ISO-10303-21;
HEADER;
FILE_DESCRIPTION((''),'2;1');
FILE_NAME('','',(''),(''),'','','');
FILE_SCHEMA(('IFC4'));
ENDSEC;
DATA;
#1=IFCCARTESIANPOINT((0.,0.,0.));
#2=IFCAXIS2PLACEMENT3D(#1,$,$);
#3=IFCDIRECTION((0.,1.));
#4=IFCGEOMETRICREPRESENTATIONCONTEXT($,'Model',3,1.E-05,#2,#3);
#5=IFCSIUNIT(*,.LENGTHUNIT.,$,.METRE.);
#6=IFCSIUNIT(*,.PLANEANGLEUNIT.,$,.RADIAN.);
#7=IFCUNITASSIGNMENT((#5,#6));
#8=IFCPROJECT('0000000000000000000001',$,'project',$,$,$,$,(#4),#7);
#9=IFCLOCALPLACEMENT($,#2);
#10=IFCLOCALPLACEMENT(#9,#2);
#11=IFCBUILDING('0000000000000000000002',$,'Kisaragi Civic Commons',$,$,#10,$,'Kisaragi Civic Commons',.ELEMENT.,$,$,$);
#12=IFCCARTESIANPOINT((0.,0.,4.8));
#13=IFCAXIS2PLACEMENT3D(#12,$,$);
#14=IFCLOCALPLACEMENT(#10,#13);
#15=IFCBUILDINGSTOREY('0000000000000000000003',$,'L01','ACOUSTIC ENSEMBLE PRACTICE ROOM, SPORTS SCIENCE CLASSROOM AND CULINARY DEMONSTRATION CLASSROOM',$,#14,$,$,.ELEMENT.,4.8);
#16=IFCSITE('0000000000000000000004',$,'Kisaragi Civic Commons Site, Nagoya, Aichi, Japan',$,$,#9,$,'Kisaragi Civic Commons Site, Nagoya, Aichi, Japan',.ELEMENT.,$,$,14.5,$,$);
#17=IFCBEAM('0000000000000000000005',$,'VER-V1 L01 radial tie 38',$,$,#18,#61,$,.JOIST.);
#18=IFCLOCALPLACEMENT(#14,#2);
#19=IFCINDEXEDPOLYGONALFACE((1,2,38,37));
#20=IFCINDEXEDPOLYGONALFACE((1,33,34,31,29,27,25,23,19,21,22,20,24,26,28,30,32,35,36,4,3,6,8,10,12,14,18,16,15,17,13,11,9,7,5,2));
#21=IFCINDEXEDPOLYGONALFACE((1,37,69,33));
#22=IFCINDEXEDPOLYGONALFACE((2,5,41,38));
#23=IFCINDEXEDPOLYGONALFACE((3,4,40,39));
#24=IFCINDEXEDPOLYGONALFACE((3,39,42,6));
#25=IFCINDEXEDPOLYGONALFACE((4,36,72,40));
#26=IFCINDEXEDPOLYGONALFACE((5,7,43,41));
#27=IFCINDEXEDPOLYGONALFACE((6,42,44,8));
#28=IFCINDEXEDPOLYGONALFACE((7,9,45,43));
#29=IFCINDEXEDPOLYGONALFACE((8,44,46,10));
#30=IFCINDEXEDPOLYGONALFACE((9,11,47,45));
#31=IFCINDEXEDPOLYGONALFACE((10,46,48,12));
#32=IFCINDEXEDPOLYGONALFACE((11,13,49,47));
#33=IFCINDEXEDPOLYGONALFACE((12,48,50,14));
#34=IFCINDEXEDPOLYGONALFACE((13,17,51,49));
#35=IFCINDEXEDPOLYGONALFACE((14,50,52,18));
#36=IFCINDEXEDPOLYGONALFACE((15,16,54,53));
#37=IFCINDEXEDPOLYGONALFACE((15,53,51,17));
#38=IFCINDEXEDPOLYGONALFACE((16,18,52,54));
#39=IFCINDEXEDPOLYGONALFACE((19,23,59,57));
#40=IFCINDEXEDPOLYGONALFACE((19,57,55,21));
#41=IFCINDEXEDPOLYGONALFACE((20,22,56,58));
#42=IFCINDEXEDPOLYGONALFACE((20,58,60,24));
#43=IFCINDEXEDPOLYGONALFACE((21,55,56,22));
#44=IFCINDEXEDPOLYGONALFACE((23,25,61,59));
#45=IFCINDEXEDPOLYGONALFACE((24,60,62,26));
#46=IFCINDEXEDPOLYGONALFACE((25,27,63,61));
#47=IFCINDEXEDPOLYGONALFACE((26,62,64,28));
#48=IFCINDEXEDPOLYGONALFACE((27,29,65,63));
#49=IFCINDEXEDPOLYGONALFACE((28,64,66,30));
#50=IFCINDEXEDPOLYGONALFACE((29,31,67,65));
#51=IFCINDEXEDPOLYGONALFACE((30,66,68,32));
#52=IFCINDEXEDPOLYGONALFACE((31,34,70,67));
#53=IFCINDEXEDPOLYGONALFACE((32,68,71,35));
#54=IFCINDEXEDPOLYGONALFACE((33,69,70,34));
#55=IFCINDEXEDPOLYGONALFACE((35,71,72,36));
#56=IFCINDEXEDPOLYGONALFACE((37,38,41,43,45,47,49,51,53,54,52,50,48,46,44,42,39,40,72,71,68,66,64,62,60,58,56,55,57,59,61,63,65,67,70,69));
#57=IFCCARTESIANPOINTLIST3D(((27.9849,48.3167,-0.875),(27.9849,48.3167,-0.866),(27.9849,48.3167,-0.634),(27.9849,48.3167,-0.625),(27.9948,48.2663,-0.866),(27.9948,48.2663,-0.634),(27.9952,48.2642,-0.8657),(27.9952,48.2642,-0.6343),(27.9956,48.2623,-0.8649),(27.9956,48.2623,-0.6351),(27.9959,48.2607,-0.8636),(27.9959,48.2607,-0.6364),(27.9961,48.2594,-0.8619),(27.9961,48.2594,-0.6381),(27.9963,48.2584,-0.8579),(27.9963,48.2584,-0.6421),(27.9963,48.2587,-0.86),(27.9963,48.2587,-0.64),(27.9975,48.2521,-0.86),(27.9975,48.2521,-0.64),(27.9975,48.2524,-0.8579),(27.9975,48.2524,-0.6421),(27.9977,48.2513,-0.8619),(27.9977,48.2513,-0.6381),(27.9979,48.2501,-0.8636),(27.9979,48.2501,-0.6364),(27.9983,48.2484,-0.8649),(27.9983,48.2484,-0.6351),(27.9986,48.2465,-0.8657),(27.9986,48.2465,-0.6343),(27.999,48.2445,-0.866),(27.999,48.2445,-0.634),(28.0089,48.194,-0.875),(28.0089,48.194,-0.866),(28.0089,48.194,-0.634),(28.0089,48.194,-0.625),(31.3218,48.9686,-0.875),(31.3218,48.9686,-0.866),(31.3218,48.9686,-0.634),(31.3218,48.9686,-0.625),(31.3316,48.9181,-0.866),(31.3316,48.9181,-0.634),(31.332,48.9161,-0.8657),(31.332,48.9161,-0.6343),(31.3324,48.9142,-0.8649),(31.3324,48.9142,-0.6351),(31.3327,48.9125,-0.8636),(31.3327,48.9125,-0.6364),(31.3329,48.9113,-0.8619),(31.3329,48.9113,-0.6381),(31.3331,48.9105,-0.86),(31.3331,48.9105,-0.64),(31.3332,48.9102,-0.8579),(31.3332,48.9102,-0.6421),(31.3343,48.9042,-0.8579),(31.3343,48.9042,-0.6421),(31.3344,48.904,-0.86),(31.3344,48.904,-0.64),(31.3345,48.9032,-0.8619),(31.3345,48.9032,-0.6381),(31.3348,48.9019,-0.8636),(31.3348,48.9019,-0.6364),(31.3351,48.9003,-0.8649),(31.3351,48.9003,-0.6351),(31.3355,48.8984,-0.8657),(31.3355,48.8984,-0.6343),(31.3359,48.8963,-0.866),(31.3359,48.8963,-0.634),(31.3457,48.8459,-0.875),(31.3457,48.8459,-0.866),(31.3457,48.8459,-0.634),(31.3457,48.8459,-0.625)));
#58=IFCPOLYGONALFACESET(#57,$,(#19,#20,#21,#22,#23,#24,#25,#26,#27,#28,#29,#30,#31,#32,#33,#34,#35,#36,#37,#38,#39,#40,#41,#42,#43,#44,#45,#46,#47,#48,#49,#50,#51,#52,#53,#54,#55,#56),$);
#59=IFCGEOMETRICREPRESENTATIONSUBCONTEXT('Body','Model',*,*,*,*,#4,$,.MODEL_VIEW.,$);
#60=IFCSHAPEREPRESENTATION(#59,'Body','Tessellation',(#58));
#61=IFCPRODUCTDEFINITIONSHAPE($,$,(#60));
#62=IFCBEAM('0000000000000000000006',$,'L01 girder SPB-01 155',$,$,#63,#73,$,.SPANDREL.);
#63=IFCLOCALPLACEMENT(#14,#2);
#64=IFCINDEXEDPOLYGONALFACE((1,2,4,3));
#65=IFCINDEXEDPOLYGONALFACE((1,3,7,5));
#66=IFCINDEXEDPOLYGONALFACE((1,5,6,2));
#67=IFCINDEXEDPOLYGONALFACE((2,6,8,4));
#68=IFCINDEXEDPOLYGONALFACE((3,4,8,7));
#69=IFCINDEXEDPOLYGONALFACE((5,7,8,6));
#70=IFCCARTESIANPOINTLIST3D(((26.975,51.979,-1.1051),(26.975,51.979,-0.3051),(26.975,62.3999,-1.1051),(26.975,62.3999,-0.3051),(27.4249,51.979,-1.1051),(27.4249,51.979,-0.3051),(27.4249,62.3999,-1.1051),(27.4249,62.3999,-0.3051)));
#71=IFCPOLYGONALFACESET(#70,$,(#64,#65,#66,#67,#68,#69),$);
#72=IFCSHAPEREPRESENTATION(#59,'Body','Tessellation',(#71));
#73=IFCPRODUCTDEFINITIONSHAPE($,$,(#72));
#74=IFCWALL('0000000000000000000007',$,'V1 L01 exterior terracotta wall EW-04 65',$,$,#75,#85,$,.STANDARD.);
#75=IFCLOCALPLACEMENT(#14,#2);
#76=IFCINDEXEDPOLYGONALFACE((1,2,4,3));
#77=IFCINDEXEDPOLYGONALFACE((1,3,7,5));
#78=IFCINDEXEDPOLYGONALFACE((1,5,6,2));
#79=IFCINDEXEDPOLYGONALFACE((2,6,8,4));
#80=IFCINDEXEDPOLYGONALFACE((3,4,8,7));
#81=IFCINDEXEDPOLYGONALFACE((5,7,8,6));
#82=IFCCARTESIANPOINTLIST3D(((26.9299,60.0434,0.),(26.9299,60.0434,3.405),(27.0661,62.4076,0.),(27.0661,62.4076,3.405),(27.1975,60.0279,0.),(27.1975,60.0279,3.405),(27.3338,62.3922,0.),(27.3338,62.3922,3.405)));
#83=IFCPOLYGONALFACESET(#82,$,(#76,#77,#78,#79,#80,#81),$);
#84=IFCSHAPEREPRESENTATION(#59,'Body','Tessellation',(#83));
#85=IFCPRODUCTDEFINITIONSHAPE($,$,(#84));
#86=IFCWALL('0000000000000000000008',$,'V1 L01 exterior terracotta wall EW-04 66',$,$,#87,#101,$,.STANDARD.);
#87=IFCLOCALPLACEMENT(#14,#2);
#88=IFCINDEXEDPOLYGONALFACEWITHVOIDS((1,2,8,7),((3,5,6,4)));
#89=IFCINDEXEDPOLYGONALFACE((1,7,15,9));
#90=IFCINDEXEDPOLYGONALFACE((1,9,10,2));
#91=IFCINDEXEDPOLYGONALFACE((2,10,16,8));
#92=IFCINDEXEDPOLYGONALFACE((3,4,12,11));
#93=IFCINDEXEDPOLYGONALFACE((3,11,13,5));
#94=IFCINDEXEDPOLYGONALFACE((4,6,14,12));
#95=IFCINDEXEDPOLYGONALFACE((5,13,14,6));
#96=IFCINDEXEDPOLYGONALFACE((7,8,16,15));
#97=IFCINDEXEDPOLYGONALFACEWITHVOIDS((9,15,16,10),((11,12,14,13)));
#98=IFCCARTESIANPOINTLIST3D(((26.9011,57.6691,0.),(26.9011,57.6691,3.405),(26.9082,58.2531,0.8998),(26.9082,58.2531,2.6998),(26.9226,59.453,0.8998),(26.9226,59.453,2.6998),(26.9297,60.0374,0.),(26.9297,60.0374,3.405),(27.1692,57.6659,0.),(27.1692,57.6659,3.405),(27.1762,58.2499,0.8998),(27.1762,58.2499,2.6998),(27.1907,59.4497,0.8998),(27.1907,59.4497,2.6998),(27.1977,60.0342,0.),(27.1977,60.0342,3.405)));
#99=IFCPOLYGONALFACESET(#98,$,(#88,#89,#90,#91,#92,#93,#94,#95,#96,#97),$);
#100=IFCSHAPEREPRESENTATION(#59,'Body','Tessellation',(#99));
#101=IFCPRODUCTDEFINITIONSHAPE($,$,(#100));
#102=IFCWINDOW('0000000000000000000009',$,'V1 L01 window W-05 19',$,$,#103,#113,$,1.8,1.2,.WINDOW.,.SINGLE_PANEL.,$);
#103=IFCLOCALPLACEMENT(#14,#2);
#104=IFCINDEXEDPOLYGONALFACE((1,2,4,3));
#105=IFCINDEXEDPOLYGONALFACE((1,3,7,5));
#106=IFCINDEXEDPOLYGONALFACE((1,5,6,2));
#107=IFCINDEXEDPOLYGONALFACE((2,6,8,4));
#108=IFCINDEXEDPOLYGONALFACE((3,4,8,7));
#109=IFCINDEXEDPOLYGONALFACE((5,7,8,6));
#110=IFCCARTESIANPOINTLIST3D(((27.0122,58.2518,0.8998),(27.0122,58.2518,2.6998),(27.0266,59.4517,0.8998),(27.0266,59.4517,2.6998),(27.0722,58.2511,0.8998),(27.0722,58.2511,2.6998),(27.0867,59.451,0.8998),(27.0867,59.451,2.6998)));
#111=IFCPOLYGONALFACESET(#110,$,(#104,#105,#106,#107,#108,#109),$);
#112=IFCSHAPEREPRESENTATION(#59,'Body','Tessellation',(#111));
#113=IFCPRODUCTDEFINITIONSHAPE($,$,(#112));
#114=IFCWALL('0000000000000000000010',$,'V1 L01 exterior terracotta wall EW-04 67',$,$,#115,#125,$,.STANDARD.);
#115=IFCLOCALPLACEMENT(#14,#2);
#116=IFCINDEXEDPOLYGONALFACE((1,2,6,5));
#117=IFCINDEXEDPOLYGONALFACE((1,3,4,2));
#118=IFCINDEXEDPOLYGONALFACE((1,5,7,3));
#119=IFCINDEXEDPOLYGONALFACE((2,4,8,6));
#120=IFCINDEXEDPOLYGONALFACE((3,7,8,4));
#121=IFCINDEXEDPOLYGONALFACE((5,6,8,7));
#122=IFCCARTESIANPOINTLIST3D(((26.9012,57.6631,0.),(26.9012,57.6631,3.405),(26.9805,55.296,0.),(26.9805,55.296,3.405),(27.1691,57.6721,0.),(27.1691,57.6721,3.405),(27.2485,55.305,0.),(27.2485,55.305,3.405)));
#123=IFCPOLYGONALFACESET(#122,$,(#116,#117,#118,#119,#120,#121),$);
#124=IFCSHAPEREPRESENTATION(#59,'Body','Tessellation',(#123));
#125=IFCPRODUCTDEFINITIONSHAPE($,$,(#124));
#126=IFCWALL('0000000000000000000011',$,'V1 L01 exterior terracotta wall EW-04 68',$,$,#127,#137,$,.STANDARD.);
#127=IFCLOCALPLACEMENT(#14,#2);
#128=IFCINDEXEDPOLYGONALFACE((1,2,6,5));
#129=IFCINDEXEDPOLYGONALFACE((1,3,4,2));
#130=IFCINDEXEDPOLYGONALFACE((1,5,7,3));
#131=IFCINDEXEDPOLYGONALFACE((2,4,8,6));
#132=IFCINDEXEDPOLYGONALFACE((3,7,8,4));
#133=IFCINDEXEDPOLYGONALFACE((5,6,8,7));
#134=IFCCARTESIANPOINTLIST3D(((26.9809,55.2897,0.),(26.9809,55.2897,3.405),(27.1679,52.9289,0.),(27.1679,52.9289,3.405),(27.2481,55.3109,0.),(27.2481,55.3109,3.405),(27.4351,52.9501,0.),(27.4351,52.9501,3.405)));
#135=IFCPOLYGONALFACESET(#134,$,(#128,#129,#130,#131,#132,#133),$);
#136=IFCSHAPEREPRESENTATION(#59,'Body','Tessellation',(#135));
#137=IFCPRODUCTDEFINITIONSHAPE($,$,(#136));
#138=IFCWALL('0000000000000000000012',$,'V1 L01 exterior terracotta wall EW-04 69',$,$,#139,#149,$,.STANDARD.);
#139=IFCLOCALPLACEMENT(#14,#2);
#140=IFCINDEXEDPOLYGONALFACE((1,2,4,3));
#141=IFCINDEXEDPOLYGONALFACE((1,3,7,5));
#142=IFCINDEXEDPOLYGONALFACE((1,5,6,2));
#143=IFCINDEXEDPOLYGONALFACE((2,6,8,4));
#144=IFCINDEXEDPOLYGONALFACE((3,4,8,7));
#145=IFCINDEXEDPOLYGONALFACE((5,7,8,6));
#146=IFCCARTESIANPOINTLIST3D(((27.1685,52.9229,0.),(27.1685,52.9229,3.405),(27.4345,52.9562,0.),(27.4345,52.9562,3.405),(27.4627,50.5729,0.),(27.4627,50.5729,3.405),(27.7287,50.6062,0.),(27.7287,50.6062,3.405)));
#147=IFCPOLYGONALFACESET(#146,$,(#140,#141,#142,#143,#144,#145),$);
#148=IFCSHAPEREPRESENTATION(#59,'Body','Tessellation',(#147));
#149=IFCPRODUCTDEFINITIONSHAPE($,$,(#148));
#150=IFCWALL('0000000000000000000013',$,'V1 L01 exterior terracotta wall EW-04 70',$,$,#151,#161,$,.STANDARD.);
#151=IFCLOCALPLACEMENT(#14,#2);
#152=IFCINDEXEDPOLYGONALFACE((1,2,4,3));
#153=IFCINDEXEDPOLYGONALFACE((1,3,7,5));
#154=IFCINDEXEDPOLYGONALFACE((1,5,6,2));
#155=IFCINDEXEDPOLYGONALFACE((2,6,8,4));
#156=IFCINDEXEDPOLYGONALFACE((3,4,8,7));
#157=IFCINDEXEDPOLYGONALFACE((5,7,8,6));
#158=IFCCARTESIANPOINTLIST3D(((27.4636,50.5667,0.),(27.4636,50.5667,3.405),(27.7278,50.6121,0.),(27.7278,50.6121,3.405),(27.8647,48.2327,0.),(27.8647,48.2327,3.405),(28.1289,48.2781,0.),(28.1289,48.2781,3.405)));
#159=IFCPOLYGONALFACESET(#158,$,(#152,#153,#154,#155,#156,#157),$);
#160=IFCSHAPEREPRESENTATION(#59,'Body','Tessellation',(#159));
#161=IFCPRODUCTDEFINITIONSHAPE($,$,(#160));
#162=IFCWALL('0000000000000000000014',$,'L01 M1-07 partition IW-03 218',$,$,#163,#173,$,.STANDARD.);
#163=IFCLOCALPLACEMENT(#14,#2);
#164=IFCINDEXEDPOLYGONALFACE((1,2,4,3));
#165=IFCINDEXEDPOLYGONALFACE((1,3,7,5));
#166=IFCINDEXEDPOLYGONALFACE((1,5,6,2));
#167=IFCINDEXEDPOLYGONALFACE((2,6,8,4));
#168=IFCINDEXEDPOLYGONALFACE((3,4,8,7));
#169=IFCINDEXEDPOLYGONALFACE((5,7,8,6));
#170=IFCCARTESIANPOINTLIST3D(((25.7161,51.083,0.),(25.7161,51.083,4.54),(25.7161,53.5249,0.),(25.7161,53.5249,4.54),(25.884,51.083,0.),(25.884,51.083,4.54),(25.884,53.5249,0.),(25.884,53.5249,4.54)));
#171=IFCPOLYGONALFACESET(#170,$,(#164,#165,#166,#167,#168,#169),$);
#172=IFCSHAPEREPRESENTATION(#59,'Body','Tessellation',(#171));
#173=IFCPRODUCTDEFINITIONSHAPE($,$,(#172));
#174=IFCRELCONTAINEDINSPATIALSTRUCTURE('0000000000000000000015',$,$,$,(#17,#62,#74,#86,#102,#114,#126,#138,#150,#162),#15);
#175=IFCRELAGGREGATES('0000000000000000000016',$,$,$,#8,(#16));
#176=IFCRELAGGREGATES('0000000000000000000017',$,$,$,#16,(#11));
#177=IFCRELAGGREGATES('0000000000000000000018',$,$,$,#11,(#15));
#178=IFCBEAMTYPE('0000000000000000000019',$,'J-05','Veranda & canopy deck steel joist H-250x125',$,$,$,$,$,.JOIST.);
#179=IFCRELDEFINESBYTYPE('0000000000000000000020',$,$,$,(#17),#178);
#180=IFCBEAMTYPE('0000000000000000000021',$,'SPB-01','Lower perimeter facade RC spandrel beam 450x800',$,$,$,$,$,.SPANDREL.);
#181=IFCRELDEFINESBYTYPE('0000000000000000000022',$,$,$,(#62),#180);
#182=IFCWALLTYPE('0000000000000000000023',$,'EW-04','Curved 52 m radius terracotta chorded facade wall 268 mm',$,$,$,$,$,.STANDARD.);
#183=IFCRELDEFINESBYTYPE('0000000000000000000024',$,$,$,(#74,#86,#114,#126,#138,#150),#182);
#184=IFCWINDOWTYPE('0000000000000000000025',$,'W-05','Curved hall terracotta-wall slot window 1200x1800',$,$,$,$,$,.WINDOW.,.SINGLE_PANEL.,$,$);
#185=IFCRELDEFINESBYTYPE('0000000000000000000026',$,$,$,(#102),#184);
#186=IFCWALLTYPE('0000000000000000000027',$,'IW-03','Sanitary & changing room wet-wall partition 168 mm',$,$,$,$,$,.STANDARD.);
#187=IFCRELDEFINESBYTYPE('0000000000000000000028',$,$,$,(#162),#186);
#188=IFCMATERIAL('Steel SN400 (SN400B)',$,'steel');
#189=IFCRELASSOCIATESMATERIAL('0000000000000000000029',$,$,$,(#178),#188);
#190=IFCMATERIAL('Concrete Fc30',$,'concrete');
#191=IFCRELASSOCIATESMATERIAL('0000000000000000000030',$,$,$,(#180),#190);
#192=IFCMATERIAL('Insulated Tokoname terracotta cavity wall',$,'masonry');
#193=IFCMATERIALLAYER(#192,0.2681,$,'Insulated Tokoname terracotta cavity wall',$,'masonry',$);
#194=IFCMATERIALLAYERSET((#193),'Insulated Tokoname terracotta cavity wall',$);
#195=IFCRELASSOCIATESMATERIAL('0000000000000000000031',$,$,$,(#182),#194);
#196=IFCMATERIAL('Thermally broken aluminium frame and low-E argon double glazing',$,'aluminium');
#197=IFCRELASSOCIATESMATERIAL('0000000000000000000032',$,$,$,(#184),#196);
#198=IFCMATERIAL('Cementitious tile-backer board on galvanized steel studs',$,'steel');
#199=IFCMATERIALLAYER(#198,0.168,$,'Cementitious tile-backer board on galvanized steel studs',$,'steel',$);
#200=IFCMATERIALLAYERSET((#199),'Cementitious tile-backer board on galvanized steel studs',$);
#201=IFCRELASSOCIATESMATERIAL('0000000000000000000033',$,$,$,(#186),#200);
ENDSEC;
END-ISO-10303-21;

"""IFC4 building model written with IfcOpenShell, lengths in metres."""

from ifc_helpers import new_model, si_unit, direction, frame, frame_2d, origin, origin_2d, place, context, subcontext, project, spatial, rectangle, i_section, extrude, material, layer, layer_set, material_profile, profile_set, type_object, element, fill, save


model = new_model("IFC4")

# Units and contexts
model_context = context("Model", 3, precision=1e-05, world=origin(), true_north=direction((0.0, 1.0)))
body_context = subcontext(model_context, "Body", "Model", "MODEL_VIEW")
ifc_project = project(units=[si_unit("LENGTHUNIT", "METRE"), si_unit("PLANEANGLEUNIT", "RADIAN")], contexts=[model_context])

# Site, building, storey
site_placement = place(None, origin())
site = spatial("IfcSite", under=ifc_project, at=site_placement, Name="Kisaragi Civic Commons Site, Nagoya, Aichi, Japan", LongName="Kisaragi Civic Commons Site, Nagoya, Aichi, Japan", CompositionType="ELEMENT", RefElevation=14.5)
building_placement = place(site_placement, origin())
building = spatial("IfcBuilding", under=site, at=building_placement, Name="Kisaragi Civic Commons", LongName="Kisaragi Civic Commons", CompositionType="ELEMENT")
storey_placement = place(building_placement, frame((0.0, 0.0, 4.8)))
storey = spatial("IfcBuildingStorey", under=building, at=storey_placement, Name="L01", Description="ACOUSTIC ENSEMBLE PRACTICE ROOM, SPORTS SCIENCE CLASSROOM AND CULINARY DEMONSTRATION CLASSROOM", CompositionType="ELEMENT", Elevation=4.8)

# Shared definitions
ifc_material_1 = material(Name="Concrete Fc30", Category="concrete")

# Beams
ifc_material_2 = material(Name="Steel SN400 (SN400B)", Category="steel")
ifc_material_profile_1 = material_profile(ifc_material_2, i_section(OverallWidth=0.125, OverallDepth=0.25, WebThickness=0.0061, FlangeThickness=0.009, FilletRadius=0.0081, at=origin_2d()), Name="H-250x125x6x9", Category="steel")
ifc_profile_set_1 = profile_set([ifc_material_profile_1], Name="Steel SN400 (SN400B)")
beam_type_1 = type_object("IfcBeamType", Name="J-05", Description="Veranda & canopy deck steel joist H-250x125", PredefinedType="JOIST", material=ifc_profile_set_1)
beam_1_placement = place(storey_placement, frame((31.3337, 48.9072, -0.75), z_axis=(-0.981449, -0.191723, 0.0), x_axis=(0.191723, -0.981449, 0.0)))
element("IfcBeam", 1, at=beam_1_placement, inside=storey, type_object=beam_type_1, Name="VER-V1 L01 radial tie 38", PredefinedType="JOIST", context=body_context, shape_type="SweptSolid", body=[
    extrude(i_section(OverallWidth=0.125, OverallDepth=0.25, WebThickness=0.0061, FlangeThickness=0.009, FilletRadius=0.0081, at=origin_2d()), origin(), (0.0, 0.0, 1.0), 3.3999),
])
ifc_material_profile_2 = material_profile(ifc_material_1, rectangle(XDim=0.45, YDim=0.8, at=origin_2d()), Name="RC-450x800", Category="concrete")
ifc_profile_set_2 = profile_set([ifc_material_profile_2], Name="Concrete Fc30")
beam_type_2 = type_object("IfcBeamType", Name="SPB-01", Description="Lower perimeter facade RC spandrel beam 450x800", PredefinedType="SPANDREL", material=ifc_profile_set_2)
beam_2_placement = place(storey_placement, frame((27.2, 51.979, -0.7051), z_axis=(0.0, 1.0, 0.0), x_axis=(-1.0, 0.0, 0.0)))
element("IfcBeam", 2, at=beam_2_placement, inside=storey, type_object=beam_type_2, Name="L01 girder SPB-01 155", PredefinedType="SPANDREL", context=body_context, shape_type="SweptSolid", body=[
    extrude(rectangle(XDim=0.45, YDim=0.8, at=origin_2d()), origin(), (0.0, 0.0, 1.0), 10.4209),
])

# Wall
ifc_material_3 = material(Name="Insulated Tokoname terracotta cavity wall", Category="masonry")
ifc_layer_1 = layer(ifc_material_3, 0.2681, Name="Insulated Tokoname terracotta cavity wall", Category="masonry")
ifc_layer_set_1 = layer_set([ifc_layer_1], Name="Insulated Tokoname terracotta cavity wall")
wall_type_1 = type_object("IfcWallType", Name="EW-04", Description="Curved 52 m radius terracotta chorded facade wall 268 mm", PredefinedType="STANDARD", material=ifc_layer_set_1)
wall_1_placement = place(storey_placement, frame((27.2, 62.3999, 0.0), z_axis=(0.0, 0.0, 1.0), x_axis=(-0.057525, -0.998344, 0.0)))
element("IfcWall", 3, at=wall_1_placement, inside=storey, type_object=wall_type_1, Name="V1 L01 exterior terracotta wall EW-04 65", PredefinedType="STANDARD", context=body_context, shape_type="SweptSolid", body=[
    extrude(rectangle(XDim=2.3682, YDim=0.2681, at=frame_2d((1.1841, 0.0))), origin(), (0.0, 0.0, 1.0), 3.405),
])

# Wall, opening, window
wall_2_placement = place(storey_placement, frame((27.0637, 60.0356, 0.0), z_axis=(0.0, 0.0, 1.0), x_axis=(-0.012061, -0.999927, 0.0)))
wall_2 = element("IfcWall", 4, at=wall_2_placement, inside=storey, type_object=wall_type_1, Name="V1 L01 exterior terracotta wall EW-04 66", PredefinedType="STANDARD", context=body_context, shape_type="SweptSolid", body=[
    extrude(rectangle(XDim=2.3684, YDim=0.2681, at=frame_2d((1.1841, 0.0))), origin(), (0.0, 0.0, 1.0), 3.405),
])
opening_1_placement = place(wall_2_placement, frame((0.5842, 0.0, 0.8999)))
opening_1 = element("IfcOpeningElement", 5, at=opening_1_placement, cuts=wall_2, PredefinedType="OPENING", context=body_context, shape_type="SweptSolid", body=[
    extrude(rectangle(XDim=1.2, YDim=1.8, at=frame_2d((0.6001, 0.8999))), frame((0.0, 0.144, 0.0), z_axis=(0.0, -1.0, 0.0), x_axis=(1.0, 0.0, 0.0)), (0.0, 0.0, 1.0), 0.2881),
])
ifc_material_4 = material(Name="Thermally broken aluminium frame and low-E argon double glazing", Category="aluminium")
window_type = type_object("IfcWindowType", Name="W-05", Description="Curved hall terracotta-wall slot window 1200x1800", PartitioningType="SINGLE_PANEL", PredefinedType="WINDOW", material=ifc_material_4)
window_placement = place(opening_1_placement, origin())
window = element("IfcWindow", 6, at=window_placement, inside=storey, type_object=window_type, Name="V1 L01 window W-05 19", OverallHeight=1.8, OverallWidth=1.2, PartitioningType="SINGLE_PANEL", PredefinedType="WINDOW", context=body_context, shape_type="SweptSolid", body=[
    extrude(rectangle(XDim=1.2, YDim=1.8, at=frame_2d((0.6001, 0.8999))), frame((0.0, 0.03, 0.0), z_axis=(0.0, -1.0, 0.0), x_axis=(1.0, 0.0, 0.0)), (0.0, 0.0, 1.0), 0.0601),
])
fill(opening_1, window)

# Walls
wall_3_placement = place(storey_placement, frame((27.0352, 57.6675, 0.0), z_axis=(0.0, 0.0, 1.0), x_axis=(0.0335, -0.999439, 0.0)))
element("IfcWall", 7, at=wall_3_placement, inside=storey, type_object=wall_type_1, Name="V1 L01 exterior terracotta wall EW-04 67", PredefinedType="STANDARD", context=body_context, shape_type="SweptSolid", body=[
    extrude(rectangle(XDim=2.3684, YDim=0.2681, at=frame_2d((1.1841, 0.0))), origin(), (0.0, 0.0, 1.0), 3.405),
])
wall_4_placement = place(storey_placement, frame((27.1145, 55.3003, 0.0), z_axis=(0.0, 0.0, 1.0), x_axis=(0.078967, -0.996877, 0.0)))
element("IfcWall", 8, at=wall_4_placement, inside=storey, type_object=wall_type_1, Name="V1 L01 exterior terracotta wall EW-04 68", PredefinedType="STANDARD", context=body_context, shape_type="SweptSolid", body=[
    extrude(rectangle(XDim=2.3682, YDim=0.2681, at=frame_2d((1.1841, 0.0))), origin(), (0.0, 0.0, 1.0), 3.405),
])
wall_5_placement = place(storey_placement, frame((27.3015, 52.9395, 0.0), z_axis=(0.0, 0.0, 1.0), x_axis=(0.124212, -0.992256, 0.0)))
element("IfcWall", 9, at=wall_5_placement, inside=storey, type_object=wall_type_1, Name="V1 L01 exterior terracotta wall EW-04 69", PredefinedType="STANDARD", context=body_context, shape_type="SweptSolid", body=[
    extrude(rectangle(XDim=2.3684, YDim=0.2681, at=frame_2d((1.1841, 0.0))), origin(), (0.0, 0.0, 1.0), 3.405),
])
wall_6_placement = place(storey_placement, frame((27.5957, 50.5894, 0.0), z_axis=(0.0, 0.0, 1.0), x_axis=(0.169379, -0.985551, 0.0)))
element("IfcWall", 10, at=wall_6_placement, inside=storey, type_object=wall_type_1, Name="V1 L01 exterior terracotta wall EW-04 70", PredefinedType="STANDARD", context=body_context, shape_type="SweptSolid", body=[
    extrude(rectangle(XDim=2.3682, YDim=0.2681, at=frame_2d((1.1841, 0.0))), origin(), (0.0, 0.0, 1.0), 3.405),
])
ifc_material_5 = material(Name="Cementitious tile-backer board on galvanized steel studs", Category="steel")
ifc_layer_2 = layer(ifc_material_5, 0.168, Name="Cementitious tile-backer board on galvanized steel studs", Category="steel")
ifc_layer_set_2 = layer_set([ifc_layer_2], Name="Cementitious tile-backer board on galvanized steel studs")
wall_type_2 = type_object("IfcWallType", Name="IW-03", Description="Sanitary & changing room wet-wall partition 168 mm", PredefinedType="STANDARD", material=ifc_layer_set_2)
wall_7_placement = place(storey_placement, frame((25.8, 53.5249, 0.0), z_axis=(0.0, 0.0, 1.0), x_axis=(0.0, -1.0, 0.0)))
element("IfcWall", 11, at=wall_7_placement, inside=storey, type_object=wall_type_2, Name="L01 M1-07 partition IW-03 218", PredefinedType="STANDARD", context=body_context, shape_type="SweptSolid", body=[
    extrude(rectangle(XDim=2.4419, YDim=0.168, at=frame_2d((1.2209, 0.0))), origin(), (0.0, 0.0, 1.0), 4.54),
])

save(model, "model.ifc")
